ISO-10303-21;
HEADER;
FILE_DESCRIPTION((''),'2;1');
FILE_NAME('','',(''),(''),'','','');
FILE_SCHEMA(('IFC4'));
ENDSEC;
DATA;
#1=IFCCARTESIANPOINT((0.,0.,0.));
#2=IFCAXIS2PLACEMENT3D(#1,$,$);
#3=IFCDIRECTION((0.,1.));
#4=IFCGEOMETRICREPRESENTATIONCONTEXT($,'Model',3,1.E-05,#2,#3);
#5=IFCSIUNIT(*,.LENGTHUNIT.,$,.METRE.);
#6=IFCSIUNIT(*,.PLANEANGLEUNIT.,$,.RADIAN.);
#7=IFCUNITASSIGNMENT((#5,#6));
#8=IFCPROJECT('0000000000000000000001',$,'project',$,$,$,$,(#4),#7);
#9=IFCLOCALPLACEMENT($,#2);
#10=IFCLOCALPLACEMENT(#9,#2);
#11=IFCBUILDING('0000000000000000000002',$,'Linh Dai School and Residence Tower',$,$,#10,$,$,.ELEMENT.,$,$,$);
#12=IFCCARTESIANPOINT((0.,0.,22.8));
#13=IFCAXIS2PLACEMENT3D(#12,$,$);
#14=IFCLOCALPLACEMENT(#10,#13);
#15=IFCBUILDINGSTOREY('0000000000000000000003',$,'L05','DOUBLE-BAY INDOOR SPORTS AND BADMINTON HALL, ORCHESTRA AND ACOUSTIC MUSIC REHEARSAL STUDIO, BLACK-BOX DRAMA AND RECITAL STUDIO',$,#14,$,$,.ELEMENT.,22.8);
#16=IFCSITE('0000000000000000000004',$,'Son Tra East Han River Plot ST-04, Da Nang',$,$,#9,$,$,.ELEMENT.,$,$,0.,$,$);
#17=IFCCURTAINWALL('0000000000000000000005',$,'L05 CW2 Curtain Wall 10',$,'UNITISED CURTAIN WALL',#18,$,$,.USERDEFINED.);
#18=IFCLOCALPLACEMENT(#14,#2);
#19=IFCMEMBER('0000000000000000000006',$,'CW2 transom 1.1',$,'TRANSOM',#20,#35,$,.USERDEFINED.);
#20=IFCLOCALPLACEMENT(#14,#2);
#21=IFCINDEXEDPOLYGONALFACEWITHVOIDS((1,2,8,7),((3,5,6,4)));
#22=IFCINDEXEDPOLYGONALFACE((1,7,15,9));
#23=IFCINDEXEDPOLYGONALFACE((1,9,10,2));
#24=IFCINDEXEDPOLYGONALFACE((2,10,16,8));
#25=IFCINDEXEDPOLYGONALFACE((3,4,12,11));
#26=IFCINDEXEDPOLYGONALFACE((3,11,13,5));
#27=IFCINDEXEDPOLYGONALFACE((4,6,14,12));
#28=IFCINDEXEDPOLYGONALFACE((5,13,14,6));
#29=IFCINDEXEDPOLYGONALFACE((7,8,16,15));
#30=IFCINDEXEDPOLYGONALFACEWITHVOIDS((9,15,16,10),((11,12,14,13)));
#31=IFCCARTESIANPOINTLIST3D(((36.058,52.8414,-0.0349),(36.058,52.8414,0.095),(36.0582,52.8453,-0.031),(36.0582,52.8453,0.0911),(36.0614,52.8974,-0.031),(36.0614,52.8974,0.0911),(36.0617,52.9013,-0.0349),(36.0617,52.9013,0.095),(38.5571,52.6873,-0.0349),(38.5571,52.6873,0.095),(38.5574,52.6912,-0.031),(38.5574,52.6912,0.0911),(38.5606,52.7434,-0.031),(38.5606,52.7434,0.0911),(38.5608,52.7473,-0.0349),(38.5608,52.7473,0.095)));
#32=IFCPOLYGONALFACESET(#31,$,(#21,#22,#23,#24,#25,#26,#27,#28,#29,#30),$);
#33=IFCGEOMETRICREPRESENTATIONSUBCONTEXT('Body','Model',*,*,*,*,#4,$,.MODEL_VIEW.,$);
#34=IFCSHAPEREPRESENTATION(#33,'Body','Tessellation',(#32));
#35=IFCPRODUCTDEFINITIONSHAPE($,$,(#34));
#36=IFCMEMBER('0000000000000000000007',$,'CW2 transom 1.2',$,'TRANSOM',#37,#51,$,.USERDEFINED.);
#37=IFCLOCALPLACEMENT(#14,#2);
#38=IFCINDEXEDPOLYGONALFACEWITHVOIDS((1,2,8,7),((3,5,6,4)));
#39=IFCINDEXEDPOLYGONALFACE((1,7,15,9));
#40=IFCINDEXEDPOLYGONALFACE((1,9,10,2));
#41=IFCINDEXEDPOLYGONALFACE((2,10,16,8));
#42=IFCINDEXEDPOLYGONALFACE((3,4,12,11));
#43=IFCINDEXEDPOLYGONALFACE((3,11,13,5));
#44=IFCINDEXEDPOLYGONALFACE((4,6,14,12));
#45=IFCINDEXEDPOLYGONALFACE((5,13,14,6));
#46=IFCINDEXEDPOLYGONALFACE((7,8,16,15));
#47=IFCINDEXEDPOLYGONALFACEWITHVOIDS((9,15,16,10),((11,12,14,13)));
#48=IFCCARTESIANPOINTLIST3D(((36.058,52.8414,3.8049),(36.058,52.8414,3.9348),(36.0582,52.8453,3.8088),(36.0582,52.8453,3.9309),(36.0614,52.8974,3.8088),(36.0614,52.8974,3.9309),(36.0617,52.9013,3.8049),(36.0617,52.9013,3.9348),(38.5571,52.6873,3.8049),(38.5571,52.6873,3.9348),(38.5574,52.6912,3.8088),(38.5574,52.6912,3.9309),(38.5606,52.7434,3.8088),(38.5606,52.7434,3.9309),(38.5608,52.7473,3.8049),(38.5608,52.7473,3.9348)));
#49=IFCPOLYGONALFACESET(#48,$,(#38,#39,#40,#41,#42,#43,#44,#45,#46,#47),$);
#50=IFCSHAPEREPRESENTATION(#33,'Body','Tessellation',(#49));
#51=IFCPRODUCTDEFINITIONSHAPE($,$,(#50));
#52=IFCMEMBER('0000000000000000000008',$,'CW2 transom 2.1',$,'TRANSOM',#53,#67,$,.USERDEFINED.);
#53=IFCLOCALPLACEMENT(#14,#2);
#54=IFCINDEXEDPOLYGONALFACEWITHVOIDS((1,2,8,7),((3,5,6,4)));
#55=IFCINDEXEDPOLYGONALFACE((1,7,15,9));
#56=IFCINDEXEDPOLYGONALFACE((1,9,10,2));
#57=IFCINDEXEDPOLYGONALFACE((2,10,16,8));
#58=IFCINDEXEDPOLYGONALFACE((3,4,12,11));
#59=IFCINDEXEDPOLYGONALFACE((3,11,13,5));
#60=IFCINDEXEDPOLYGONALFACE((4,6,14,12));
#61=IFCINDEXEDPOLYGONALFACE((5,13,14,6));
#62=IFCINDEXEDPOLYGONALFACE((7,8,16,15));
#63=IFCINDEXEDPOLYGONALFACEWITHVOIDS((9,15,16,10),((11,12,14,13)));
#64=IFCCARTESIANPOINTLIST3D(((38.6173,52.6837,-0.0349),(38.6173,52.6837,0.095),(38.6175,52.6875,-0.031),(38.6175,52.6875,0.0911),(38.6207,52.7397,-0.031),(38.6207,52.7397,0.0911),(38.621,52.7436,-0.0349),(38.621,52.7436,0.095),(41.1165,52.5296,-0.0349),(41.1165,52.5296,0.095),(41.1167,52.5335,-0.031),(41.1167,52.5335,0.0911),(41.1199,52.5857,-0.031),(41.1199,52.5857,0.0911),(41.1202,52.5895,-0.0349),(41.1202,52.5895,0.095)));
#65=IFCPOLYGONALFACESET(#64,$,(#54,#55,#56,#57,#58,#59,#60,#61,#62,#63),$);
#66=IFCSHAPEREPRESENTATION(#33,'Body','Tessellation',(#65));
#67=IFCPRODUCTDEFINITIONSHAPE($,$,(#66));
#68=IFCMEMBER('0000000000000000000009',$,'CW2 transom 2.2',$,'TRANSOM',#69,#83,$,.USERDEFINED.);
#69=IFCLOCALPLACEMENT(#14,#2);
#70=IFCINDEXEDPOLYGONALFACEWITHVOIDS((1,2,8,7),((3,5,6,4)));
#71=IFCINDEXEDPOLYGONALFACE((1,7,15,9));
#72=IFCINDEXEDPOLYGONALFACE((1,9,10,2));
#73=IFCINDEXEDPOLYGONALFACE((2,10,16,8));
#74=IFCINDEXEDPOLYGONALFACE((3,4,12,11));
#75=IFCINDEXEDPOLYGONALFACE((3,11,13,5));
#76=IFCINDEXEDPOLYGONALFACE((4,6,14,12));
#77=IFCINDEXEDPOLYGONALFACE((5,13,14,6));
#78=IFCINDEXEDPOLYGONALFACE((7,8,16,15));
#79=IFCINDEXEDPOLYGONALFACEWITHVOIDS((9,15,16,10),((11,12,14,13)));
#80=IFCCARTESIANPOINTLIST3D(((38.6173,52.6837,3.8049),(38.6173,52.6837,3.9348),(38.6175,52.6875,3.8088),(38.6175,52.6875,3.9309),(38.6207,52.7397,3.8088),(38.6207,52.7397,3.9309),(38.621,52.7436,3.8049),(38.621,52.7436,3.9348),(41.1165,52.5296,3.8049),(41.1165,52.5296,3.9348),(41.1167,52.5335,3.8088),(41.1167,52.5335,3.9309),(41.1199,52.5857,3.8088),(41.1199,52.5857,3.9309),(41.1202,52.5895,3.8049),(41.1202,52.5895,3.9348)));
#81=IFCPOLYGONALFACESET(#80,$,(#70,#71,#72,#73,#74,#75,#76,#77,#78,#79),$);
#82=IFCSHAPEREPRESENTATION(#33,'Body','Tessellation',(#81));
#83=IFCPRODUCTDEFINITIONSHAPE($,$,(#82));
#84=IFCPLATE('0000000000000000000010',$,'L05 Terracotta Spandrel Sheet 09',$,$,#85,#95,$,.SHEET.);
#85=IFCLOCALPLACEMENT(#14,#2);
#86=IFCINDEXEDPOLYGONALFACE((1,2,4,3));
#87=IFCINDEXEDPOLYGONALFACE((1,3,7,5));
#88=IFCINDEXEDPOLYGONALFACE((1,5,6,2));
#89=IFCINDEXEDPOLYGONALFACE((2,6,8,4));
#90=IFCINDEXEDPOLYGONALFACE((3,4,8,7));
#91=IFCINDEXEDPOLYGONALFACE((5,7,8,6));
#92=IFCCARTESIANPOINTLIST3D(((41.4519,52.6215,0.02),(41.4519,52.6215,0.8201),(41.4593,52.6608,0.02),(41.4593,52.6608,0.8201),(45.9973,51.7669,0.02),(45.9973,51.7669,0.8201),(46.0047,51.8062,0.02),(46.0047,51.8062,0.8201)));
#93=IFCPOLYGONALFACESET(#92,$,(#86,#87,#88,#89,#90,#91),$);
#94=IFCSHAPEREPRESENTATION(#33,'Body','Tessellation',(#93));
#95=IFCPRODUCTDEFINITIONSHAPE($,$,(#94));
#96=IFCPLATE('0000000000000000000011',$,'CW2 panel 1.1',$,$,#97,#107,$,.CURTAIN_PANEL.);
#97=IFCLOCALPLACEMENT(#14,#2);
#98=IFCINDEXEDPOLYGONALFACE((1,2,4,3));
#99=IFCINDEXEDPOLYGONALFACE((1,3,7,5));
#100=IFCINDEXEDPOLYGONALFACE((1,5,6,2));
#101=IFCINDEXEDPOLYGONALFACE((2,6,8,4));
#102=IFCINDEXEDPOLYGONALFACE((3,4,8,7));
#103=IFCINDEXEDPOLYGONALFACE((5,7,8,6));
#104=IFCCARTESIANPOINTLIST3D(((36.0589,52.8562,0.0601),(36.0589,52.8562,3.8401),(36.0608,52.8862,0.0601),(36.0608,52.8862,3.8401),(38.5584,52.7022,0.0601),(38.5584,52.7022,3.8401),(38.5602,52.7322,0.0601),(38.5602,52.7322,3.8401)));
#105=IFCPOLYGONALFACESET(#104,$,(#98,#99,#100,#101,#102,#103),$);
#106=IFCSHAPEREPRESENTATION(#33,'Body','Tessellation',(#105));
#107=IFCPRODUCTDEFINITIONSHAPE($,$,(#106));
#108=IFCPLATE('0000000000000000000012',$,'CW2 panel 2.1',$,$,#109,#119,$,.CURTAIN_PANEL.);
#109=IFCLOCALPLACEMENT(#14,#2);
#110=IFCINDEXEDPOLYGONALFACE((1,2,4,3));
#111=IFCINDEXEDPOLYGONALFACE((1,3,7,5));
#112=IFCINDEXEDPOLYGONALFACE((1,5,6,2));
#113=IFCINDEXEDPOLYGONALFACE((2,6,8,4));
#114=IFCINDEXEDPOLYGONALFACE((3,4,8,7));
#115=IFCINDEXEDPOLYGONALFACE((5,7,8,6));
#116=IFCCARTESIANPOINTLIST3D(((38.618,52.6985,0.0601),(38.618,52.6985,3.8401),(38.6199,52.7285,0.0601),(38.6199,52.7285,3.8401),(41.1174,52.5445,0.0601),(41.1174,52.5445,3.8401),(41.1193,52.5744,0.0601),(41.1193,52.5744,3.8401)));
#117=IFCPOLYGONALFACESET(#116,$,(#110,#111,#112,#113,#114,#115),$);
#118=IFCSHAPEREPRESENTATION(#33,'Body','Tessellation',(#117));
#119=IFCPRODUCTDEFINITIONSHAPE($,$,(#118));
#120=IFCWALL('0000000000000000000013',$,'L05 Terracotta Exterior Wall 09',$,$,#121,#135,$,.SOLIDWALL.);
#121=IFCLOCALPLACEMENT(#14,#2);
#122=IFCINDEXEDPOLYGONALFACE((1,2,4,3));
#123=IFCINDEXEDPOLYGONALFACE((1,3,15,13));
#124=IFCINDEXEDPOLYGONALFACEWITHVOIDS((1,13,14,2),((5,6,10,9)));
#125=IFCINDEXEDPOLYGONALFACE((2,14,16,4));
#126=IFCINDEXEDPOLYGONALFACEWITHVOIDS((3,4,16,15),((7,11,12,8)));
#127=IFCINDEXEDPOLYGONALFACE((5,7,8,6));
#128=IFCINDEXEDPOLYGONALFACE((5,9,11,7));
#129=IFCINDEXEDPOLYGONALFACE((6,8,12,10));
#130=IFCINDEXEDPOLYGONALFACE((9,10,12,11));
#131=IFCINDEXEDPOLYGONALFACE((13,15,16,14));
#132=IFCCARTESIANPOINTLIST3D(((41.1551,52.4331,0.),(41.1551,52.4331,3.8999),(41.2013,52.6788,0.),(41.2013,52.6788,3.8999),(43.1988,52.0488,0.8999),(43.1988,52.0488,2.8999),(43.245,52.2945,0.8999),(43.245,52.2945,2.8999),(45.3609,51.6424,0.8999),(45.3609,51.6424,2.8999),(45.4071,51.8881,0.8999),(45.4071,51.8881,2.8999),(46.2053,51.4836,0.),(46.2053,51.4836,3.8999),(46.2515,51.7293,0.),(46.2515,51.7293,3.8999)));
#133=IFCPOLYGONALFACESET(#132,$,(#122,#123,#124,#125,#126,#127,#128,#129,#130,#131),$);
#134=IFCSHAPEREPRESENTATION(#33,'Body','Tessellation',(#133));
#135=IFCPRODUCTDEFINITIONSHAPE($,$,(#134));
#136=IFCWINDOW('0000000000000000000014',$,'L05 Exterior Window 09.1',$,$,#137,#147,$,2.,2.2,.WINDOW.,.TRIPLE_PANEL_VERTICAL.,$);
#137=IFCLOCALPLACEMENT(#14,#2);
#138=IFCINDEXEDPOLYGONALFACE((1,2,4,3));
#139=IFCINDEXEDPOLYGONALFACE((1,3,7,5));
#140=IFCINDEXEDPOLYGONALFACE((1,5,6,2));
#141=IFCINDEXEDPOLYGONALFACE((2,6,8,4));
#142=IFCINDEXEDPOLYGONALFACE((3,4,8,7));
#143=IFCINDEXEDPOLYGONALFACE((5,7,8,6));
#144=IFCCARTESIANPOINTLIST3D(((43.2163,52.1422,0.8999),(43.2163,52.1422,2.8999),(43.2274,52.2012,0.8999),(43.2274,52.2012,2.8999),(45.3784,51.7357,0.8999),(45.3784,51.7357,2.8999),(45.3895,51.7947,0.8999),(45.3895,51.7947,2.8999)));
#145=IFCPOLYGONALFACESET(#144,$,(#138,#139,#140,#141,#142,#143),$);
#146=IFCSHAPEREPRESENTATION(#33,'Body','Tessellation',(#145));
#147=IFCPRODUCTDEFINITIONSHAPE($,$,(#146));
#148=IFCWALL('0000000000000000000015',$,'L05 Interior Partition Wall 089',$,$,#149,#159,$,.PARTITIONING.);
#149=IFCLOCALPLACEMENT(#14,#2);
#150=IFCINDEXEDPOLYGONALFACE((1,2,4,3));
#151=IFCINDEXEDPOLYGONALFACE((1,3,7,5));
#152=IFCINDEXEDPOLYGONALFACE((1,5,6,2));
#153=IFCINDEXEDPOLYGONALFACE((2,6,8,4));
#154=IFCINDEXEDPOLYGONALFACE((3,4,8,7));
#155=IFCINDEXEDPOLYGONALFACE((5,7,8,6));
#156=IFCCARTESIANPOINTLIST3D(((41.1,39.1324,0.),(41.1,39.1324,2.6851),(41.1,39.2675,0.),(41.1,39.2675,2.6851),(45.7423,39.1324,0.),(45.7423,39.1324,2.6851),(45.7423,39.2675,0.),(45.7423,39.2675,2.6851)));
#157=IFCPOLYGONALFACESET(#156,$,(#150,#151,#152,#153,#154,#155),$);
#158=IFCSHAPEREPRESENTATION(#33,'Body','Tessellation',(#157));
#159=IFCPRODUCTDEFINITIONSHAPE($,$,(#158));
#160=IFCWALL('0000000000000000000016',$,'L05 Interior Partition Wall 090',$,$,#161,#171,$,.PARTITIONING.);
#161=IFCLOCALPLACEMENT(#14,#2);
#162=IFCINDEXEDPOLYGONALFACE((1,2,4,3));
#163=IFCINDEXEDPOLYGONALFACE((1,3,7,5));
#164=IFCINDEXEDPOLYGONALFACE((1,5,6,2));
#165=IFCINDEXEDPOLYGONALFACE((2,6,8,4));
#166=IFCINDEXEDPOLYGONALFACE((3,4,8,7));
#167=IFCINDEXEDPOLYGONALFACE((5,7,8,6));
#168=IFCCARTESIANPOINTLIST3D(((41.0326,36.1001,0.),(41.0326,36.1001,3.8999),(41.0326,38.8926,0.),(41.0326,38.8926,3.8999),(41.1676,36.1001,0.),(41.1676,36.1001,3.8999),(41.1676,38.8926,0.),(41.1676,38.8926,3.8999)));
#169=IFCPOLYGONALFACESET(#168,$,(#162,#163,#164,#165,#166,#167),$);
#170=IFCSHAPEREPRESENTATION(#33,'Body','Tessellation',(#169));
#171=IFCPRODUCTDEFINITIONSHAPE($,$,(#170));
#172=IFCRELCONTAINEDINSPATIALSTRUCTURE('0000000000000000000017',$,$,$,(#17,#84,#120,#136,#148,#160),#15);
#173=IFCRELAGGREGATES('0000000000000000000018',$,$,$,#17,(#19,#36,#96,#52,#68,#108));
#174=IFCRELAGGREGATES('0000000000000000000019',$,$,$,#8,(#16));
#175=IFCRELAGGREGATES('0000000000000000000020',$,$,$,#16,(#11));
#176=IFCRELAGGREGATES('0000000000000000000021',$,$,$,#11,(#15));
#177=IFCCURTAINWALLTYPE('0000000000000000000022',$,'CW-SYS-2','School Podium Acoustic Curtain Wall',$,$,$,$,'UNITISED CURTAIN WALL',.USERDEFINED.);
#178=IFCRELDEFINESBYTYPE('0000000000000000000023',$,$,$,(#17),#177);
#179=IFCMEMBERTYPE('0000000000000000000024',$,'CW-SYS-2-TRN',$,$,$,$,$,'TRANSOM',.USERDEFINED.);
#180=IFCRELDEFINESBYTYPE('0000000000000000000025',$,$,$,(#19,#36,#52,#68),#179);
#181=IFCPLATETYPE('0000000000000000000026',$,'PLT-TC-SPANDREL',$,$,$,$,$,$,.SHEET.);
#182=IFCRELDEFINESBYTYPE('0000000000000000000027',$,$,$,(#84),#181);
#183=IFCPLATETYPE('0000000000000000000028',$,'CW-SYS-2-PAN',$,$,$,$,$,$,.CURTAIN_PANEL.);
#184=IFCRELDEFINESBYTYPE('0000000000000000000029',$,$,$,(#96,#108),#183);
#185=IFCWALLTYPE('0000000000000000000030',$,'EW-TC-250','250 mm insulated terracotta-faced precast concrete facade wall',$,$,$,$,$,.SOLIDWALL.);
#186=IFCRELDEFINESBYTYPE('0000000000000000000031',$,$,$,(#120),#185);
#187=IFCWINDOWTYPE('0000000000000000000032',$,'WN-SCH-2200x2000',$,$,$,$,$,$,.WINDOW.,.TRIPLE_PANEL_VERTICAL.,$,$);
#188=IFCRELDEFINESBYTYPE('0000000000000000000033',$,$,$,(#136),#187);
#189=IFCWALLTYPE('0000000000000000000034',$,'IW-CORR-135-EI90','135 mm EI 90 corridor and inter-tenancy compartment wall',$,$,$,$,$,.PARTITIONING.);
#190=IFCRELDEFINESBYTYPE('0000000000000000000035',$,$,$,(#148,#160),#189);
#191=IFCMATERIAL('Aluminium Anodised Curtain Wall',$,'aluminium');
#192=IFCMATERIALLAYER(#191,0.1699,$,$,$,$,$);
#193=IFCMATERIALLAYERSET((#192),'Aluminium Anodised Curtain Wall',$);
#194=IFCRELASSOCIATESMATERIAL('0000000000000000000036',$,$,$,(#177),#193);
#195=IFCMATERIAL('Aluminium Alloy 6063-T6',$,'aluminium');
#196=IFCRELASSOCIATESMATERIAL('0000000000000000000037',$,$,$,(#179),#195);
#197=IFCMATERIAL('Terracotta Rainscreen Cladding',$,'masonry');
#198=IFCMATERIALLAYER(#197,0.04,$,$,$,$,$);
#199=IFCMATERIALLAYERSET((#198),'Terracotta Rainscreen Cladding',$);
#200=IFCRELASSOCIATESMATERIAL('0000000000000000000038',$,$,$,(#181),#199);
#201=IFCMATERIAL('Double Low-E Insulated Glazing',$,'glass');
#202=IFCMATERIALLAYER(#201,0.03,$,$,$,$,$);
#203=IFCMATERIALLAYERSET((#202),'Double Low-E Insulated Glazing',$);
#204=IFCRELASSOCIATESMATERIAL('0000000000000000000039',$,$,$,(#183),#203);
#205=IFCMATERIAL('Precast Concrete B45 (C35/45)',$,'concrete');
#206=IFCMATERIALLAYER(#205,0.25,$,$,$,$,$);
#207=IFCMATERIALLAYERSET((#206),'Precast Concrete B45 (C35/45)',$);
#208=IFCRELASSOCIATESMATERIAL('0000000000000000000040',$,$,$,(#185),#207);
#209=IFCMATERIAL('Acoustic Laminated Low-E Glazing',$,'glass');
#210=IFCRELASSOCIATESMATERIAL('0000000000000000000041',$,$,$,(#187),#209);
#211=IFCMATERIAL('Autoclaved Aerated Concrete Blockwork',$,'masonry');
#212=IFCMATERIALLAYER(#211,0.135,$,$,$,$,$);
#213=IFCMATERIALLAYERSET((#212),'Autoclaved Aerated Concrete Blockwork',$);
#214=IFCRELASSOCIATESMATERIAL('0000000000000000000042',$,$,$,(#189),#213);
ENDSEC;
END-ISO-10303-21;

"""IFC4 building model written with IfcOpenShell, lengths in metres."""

from ifc_helpers import new_model, si_unit, direction, frame, frame_2d, origin, origin_2d, place, context, subcontext, project, spatial, rectangle, hollow_rectangle, extrude, source, transform, mapped, material, layer, layer_set, material_profile, profile_set, type_object, element, fill, aggregate, save


model = new_model("IFC4")

# Units and contexts
model_context = context("Model", 3, precision=1e-05, world=origin(), true_north=direction((0.0, 1.0)))
body_context = subcontext(model_context, "Body", "Model", "MODEL_VIEW")
ifc_project = project(units=[si_unit("LENGTHUNIT", "METRE"), si_unit("PLANEANGLEUNIT", "RADIAN")], contexts=[model_context])

# Site, building, storey
site_placement = place(None, origin())
site = spatial("IfcSite", under=ifc_project, at=site_placement, Name="Son Tra East Han River Plot ST-04, Da Nang", CompositionType="ELEMENT", RefElevation=0.0)
building_placement = place(site_placement, origin())
building = spatial("IfcBuilding", under=site, at=building_placement, Name="Linh Dai School and Residence Tower", CompositionType="ELEMENT")
storey_placement = place(building_placement, frame((0.0, 0.0, 22.8)))
storey = spatial("IfcBuildingStorey", under=building, at=storey_placement, Name="L05", Description="DOUBLE-BAY INDOOR SPORTS AND BADMINTON HALL, ORCHESTRA AND ACOUSTIC MUSIC REHEARSAL STUDIO, BLACK-BOX DRAMA AND RECITAL STUDIO", CompositionType="ELEMENT", Elevation=22.8)

# Curtain wall, members
ifc_material_1 = material(Name="Aluminium Anodised Curtain Wall", Category="aluminium")
ifc_layer_1 = layer(ifc_material_1, 0.1699)
ifc_layer_set_1 = layer_set([ifc_layer_1], Name="Aluminium Anodised Curtain Wall")
curtain_wall_type = type_object("IfcCurtainWallType", Name="CW-SYS-2", Description="School Podium Acoustic Curtain Wall", ElementType="UNITISED CURTAIN WALL", PredefinedType="USERDEFINED", material=ifc_layer_set_1)
curtain_wall_placement = place(storey_placement, origin())
curtain_wall = element("IfcCurtainWall", 1, at=curtain_wall_placement, inside=storey, type_object=curtain_wall_type, Name="L05 CW2 Curtain Wall 10", ObjectType="UNITISED CURTAIN WALL", PredefinedType="USERDEFINED")
ifc_material_2 = material(Name="Aluminium Alloy 6063-T6", Category="aluminium")
ifc_material_profile_1 = material_profile(ifc_material_2, hollow_rectangle(XDim=0.0601, YDim=0.1299, WallThickness=0.0039, at=origin_2d()), Name="RHS 130x60x4")
ifc_profile_set_1 = profile_set([ifc_material_profile_1], Name="Aluminium Alloy 6063-T6")
member_type_1 = type_object("IfcMemberType", Name="CW-SYS-2-TRN", ElementType="TRANSOM", PredefinedType="USERDEFINED", material=ifc_profile_set_1)
shared_shape_1 = source(origin(), body_context, "Body", "SweptSolid", [
    extrude(hollow_rectangle(XDim=0.0601, YDim=0.1299, WallThickness=0.0039, at=origin_2d()), origin(), (0.0, 0.0, 1.0), 2.5039),
])
member_1_placement = place(storey_placement, frame((36.0598, 52.8713, 0.03), z_axis=(0.998106, -0.061522, 0.0), x_axis=(0.061522, 0.998106, 0.0)))
member_1 = element("IfcMember", 2, at=member_1_placement, type_object=member_type_1, Name="CW2 transom 1.1", ObjectType="TRANSOM", PredefinedType="USERDEFINED", context=body_context, shape_type="MappedRepresentation", body=[
    mapped(shared_shape_1, transform((0.0, 0.0, 0.0), x_axis=(1.0, 0.0, 0.0), y_axis=(0.0, 1.0, 0.0), z_axis=(0.0, 0.0, 1.0), scale=1.0)),
])
member_2_placement = place(storey_placement, frame((36.0598, 52.8713, 3.8699), z_axis=(0.998106, -0.061522, 0.0), x_axis=(0.061522, 0.998106, 0.0)))
member_2 = element("IfcMember", 3, at=member_2_placement, type_object=member_type_1, Name="CW2 transom 1.2", ObjectType="TRANSOM", PredefinedType="USERDEFINED", context=body_context, shape_type="MappedRepresentation", body=[
    mapped(shared_shape_1, transform((0.0, 0.0, 0.0), x_axis=(1.0, 0.0, 0.0), y_axis=(0.0, 1.0, 0.0), z_axis=(0.0, 0.0, 1.0), scale=1.0)),
])
member_3_placement = place(storey_placement, frame((38.6191, 52.7136, 0.03), z_axis=(0.998106, -0.061522, 0.0), x_axis=(0.061522, 0.998106, 0.0)))
member_3 = element("IfcMember", 4, at=member_3_placement, type_object=member_type_1, Name="CW2 transom 2.1", ObjectType="TRANSOM", PredefinedType="USERDEFINED", context=body_context, shape_type="MappedRepresentation", body=[
    mapped(shared_shape_1, transform((0.0, 0.0, 0.0), x_axis=(1.0, 0.0, 0.0), y_axis=(0.0, 1.0, 0.0), z_axis=(0.0, 0.0, 1.0), scale=1.0)),
])
member_4_placement = place(storey_placement, frame((38.6191, 52.7136, 3.8699), z_axis=(0.998106, -0.061522, 0.0), x_axis=(0.061522, 0.998106, 0.0)))
member_4 = element("IfcMember", 5, at=member_4_placement, type_object=member_type_1, Name="CW2 transom 2.2", ObjectType="TRANSOM", PredefinedType="USERDEFINED", context=body_context, shape_type="MappedRepresentation", body=[
    mapped(shared_shape_1, transform((0.0, 0.0, 0.0), x_axis=(1.0, 0.0, 0.0), y_axis=(0.0, 1.0, 0.0), z_axis=(0.0, 0.0, 1.0), scale=1.0)),
])

# Plates
ifc_material_3 = material(Name="Terracotta Rainscreen Cladding", Category="masonry")
ifc_layer_2 = layer(ifc_material_3, 0.04)
ifc_layer_set_2 = layer_set([ifc_layer_2], Name="Terracotta Rainscreen Cladding")
plate_type_1 = type_object("IfcPlateType", Name="PLT-TC-SPANDREL", PredefinedType="SHEET", material=ifc_layer_set_2)
shared_shape_2 = source(origin(), body_context, "Body", "SweptSolid", [
    extrude(rectangle(XDim=4.625, YDim=0.04, at=origin_2d()), origin(), (0.0, 0.0, 1.0), 0.8),
])
plate_1_placement = place(storey_placement, frame((43.7283, 52.2139, 0.02), z_axis=(0.0, 0.0, 1.0), x_axis=(0.982781, -0.184775, 0.0)))
element("IfcPlate", 6, at=plate_1_placement, inside=storey, type_object=plate_type_1, Name="L05 Terracotta Spandrel Sheet 09", PredefinedType="SHEET", context=body_context, shape_type="MappedRepresentation", body=[
    mapped(shared_shape_2, transform((0.0, 0.0, 0.0), x_axis=(1.0, 0.0, 0.0), y_axis=(0.0, 1.0, 0.0), z_axis=(0.0, 0.0, 1.0), scale=1.0)),
])
ifc_material_4 = material(Name="Double Low-E Insulated Glazing", Category="glass")
ifc_layer_3 = layer(ifc_material_4, 0.03)
ifc_layer_set_3 = layer_set([ifc_layer_3], Name="Double Low-E Insulated Glazing")
plate_type_2 = type_object("IfcPlateType", Name="CW-SYS-2-PAN", PredefinedType="CURTAIN_PANEL", material=ifc_layer_set_3)
shared_shape_3 = source(origin(), body_context, "Body", "SweptSolid", [
    extrude(rectangle(XDim=2.5042, YDim=0.03, at=origin_2d()), origin(), (0.0, 0.0, 1.0), 3.78),
])
plate_2_placement = place(storey_placement, frame((37.3096, 52.7942, 0.0601), z_axis=(0.0, 0.0, 1.0), x_axis=(0.998106, -0.061516, 0.0)))
plate_2 = element("IfcPlate", 7, at=plate_2_placement, type_object=plate_type_2, Name="CW2 panel 1.1", PredefinedType="CURTAIN_PANEL", context=body_context, shape_type="MappedRepresentation", body=[
    mapped(shared_shape_3, transform((0.0, 0.0, 0.0), x_axis=(1.0, 0.0, 0.0), y_axis=(0.0, 1.0, 0.0), z_axis=(0.0, 0.0, 1.0), scale=1.0)),
])
plate_3_placement = place(storey_placement, frame((39.8687, 52.6365, 0.0601), z_axis=(0.0, 0.0, 1.0), x_axis=(0.998106, -0.061516, 0.0)))
plate_3 = element("IfcPlate", 8, at=plate_3_placement, type_object=plate_type_2, Name="CW2 panel 2.1", PredefinedType="CURTAIN_PANEL", context=body_context, shape_type="MappedRepresentation", body=[
    mapped(shared_shape_3, transform((0.0, 0.0, 0.0), x_axis=(1.0, 0.0, 0.0), y_axis=(0.0, 1.0, 0.0), z_axis=(0.0, 0.0, 1.0), scale=1.0)),
])
aggregate(curtain_wall, [member_1, member_2, plate_2, member_3, member_4, plate_3])

# Wall, opening, window
ifc_material_5 = material(Name="Precast Concrete B45 (C35/45)", Category="concrete")
ifc_layer_4 = layer(ifc_material_5, 0.25)
ifc_layer_set_4 = layer_set([ifc_layer_4], Name="Precast Concrete B45 (C35/45)")
wall_type_1 = type_object("IfcWallType", Name="EW-TC-250", Description="250 mm insulated terracotta-faced precast concrete facade wall", PredefinedType="SOLIDWALL", material=ifc_layer_set_4)
wall_1_placement = place(storey_placement, frame((41.1782, 52.5559, 0.0), z_axis=(0.0, 0.0, 1.0), x_axis=(0.982783, -0.184765, 0.0)))
wall_1 = element("IfcWall", 9, at=wall_1_placement, inside=storey, type_object=wall_type_1, Name="L05 Terracotta Exterior Wall 09", PredefinedType="SOLIDWALL", context=body_context, shape_type="SweptSolid", body=[
    extrude(rectangle(XDim=5.1387, YDim=0.25, at=frame_2d((2.5693, 0.0))), origin(), (0.0, 0.0, 1.0), 3.8999),
])
opening_1_placement = place(wall_1_placement, frame((2.0793, 0.0, 0.8999)))
opening_1 = element("IfcOpeningElement", 10, at=opening_1_placement, cuts=wall_1, PredefinedType="OPENING", context=body_context, shape_type="SweptSolid", body=[
    extrude(rectangle(XDim=2.2, YDim=2.0, at=origin_2d()), frame((1.1001, 0.135, 1.0), z_axis=(0.0, -1.0, 0.0), x_axis=(1.0, 0.0, 0.0)), (0.0, 0.0, 1.0), 0.27),
])
ifc_material_6 = material(Name="Acoustic Laminated Low-E Glazing", Category="glass")
window_type = type_object("IfcWindowType", Name="WN-SCH-2200x2000", PartitioningType="TRIPLE_PANEL_VERTICAL", PredefinedType="WINDOW", material=ifc_material_6)
shared_shape_4 = source(origin(), body_context, "Body", "SweptSolid", [
    extrude(rectangle(XDim=2.2, YDim=2.0, at=origin_2d()), frame((1.1001, 0.03, 1.0), z_axis=(0.0, -1.0, 0.0), x_axis=(1.0, 0.0, 0.0)), (0.0, 0.0, 1.0), 0.0601),
])
window_placement = place(opening_1_placement, origin())
window = element("IfcWindow", 11, at=window_placement, inside=storey, type_object=window_type, Name="L05 Exterior Window 09.1", OverallHeight=2.0, OverallWidth=2.2, PartitioningType="TRIPLE_PANEL_VERTICAL", PredefinedType="WINDOW", context=body_context, shape_type="MappedRepresentation", body=[
    mapped(shared_shape_4, transform((0.0, 0.0, 0.0), x_axis=(1.0, 0.0, 0.0), y_axis=(0.0, 1.0, 0.0), z_axis=(0.0, 0.0, 1.0), scale=1.0)),
])
fill(opening_1, window)

# Walls
ifc_material_7 = material(Name="Autoclaved Aerated Concrete Blockwork", Category="masonry")
ifc_layer_5 = layer(ifc_material_7, 0.135)
ifc_layer_set_5 = layer_set([ifc_layer_5], Name="Autoclaved Aerated Concrete Blockwork")
wall_type_2 = type_object("IfcWallType", Name="IW-CORR-135-EI90", Description="135 mm EI 90 corridor and inter-tenancy compartment wall", PredefinedType="PARTITIONING", material=ifc_layer_set_5)
wall_2_placement = place(storey_placement, frame((45.7424, 39.2, 0.0), z_axis=(0.0, 0.0, 1.0), x_axis=(-1.0, 0.0, 0.0)))
element("IfcWall", 12, at=wall_2_placement, inside=storey, type_object=wall_type_2, Name="L05 Interior Partition Wall 089", PredefinedType="PARTITIONING", context=body_context, shape_type="SweptSolid", body=[
    extrude(rectangle(XDim=4.6423, YDim=0.135, at=frame_2d((2.3213, 0.0))), origin(), (0.0, 0.0, 1.0), 2.6851),
])
wall_3_placement = place(storey_placement, frame((41.1001, 38.8926, 0.0), z_axis=(0.0, 0.0, 1.0), x_axis=(0.0, -1.0, 0.0)))
element("IfcWall", 13, at=wall_3_placement, inside=storey, type_object=wall_type_2, Name="L05 Interior Partition Wall 090", PredefinedType="PARTITIONING", context=body_context, shape_type="SweptSolid", body=[
    extrude(rectangle(XDim=2.7925, YDim=0.135, at=frame_2d((1.3962, 0.0))), origin(), (0.0, 0.0, 1.0), 3.8999),
])

save(model, "model.ifc")
